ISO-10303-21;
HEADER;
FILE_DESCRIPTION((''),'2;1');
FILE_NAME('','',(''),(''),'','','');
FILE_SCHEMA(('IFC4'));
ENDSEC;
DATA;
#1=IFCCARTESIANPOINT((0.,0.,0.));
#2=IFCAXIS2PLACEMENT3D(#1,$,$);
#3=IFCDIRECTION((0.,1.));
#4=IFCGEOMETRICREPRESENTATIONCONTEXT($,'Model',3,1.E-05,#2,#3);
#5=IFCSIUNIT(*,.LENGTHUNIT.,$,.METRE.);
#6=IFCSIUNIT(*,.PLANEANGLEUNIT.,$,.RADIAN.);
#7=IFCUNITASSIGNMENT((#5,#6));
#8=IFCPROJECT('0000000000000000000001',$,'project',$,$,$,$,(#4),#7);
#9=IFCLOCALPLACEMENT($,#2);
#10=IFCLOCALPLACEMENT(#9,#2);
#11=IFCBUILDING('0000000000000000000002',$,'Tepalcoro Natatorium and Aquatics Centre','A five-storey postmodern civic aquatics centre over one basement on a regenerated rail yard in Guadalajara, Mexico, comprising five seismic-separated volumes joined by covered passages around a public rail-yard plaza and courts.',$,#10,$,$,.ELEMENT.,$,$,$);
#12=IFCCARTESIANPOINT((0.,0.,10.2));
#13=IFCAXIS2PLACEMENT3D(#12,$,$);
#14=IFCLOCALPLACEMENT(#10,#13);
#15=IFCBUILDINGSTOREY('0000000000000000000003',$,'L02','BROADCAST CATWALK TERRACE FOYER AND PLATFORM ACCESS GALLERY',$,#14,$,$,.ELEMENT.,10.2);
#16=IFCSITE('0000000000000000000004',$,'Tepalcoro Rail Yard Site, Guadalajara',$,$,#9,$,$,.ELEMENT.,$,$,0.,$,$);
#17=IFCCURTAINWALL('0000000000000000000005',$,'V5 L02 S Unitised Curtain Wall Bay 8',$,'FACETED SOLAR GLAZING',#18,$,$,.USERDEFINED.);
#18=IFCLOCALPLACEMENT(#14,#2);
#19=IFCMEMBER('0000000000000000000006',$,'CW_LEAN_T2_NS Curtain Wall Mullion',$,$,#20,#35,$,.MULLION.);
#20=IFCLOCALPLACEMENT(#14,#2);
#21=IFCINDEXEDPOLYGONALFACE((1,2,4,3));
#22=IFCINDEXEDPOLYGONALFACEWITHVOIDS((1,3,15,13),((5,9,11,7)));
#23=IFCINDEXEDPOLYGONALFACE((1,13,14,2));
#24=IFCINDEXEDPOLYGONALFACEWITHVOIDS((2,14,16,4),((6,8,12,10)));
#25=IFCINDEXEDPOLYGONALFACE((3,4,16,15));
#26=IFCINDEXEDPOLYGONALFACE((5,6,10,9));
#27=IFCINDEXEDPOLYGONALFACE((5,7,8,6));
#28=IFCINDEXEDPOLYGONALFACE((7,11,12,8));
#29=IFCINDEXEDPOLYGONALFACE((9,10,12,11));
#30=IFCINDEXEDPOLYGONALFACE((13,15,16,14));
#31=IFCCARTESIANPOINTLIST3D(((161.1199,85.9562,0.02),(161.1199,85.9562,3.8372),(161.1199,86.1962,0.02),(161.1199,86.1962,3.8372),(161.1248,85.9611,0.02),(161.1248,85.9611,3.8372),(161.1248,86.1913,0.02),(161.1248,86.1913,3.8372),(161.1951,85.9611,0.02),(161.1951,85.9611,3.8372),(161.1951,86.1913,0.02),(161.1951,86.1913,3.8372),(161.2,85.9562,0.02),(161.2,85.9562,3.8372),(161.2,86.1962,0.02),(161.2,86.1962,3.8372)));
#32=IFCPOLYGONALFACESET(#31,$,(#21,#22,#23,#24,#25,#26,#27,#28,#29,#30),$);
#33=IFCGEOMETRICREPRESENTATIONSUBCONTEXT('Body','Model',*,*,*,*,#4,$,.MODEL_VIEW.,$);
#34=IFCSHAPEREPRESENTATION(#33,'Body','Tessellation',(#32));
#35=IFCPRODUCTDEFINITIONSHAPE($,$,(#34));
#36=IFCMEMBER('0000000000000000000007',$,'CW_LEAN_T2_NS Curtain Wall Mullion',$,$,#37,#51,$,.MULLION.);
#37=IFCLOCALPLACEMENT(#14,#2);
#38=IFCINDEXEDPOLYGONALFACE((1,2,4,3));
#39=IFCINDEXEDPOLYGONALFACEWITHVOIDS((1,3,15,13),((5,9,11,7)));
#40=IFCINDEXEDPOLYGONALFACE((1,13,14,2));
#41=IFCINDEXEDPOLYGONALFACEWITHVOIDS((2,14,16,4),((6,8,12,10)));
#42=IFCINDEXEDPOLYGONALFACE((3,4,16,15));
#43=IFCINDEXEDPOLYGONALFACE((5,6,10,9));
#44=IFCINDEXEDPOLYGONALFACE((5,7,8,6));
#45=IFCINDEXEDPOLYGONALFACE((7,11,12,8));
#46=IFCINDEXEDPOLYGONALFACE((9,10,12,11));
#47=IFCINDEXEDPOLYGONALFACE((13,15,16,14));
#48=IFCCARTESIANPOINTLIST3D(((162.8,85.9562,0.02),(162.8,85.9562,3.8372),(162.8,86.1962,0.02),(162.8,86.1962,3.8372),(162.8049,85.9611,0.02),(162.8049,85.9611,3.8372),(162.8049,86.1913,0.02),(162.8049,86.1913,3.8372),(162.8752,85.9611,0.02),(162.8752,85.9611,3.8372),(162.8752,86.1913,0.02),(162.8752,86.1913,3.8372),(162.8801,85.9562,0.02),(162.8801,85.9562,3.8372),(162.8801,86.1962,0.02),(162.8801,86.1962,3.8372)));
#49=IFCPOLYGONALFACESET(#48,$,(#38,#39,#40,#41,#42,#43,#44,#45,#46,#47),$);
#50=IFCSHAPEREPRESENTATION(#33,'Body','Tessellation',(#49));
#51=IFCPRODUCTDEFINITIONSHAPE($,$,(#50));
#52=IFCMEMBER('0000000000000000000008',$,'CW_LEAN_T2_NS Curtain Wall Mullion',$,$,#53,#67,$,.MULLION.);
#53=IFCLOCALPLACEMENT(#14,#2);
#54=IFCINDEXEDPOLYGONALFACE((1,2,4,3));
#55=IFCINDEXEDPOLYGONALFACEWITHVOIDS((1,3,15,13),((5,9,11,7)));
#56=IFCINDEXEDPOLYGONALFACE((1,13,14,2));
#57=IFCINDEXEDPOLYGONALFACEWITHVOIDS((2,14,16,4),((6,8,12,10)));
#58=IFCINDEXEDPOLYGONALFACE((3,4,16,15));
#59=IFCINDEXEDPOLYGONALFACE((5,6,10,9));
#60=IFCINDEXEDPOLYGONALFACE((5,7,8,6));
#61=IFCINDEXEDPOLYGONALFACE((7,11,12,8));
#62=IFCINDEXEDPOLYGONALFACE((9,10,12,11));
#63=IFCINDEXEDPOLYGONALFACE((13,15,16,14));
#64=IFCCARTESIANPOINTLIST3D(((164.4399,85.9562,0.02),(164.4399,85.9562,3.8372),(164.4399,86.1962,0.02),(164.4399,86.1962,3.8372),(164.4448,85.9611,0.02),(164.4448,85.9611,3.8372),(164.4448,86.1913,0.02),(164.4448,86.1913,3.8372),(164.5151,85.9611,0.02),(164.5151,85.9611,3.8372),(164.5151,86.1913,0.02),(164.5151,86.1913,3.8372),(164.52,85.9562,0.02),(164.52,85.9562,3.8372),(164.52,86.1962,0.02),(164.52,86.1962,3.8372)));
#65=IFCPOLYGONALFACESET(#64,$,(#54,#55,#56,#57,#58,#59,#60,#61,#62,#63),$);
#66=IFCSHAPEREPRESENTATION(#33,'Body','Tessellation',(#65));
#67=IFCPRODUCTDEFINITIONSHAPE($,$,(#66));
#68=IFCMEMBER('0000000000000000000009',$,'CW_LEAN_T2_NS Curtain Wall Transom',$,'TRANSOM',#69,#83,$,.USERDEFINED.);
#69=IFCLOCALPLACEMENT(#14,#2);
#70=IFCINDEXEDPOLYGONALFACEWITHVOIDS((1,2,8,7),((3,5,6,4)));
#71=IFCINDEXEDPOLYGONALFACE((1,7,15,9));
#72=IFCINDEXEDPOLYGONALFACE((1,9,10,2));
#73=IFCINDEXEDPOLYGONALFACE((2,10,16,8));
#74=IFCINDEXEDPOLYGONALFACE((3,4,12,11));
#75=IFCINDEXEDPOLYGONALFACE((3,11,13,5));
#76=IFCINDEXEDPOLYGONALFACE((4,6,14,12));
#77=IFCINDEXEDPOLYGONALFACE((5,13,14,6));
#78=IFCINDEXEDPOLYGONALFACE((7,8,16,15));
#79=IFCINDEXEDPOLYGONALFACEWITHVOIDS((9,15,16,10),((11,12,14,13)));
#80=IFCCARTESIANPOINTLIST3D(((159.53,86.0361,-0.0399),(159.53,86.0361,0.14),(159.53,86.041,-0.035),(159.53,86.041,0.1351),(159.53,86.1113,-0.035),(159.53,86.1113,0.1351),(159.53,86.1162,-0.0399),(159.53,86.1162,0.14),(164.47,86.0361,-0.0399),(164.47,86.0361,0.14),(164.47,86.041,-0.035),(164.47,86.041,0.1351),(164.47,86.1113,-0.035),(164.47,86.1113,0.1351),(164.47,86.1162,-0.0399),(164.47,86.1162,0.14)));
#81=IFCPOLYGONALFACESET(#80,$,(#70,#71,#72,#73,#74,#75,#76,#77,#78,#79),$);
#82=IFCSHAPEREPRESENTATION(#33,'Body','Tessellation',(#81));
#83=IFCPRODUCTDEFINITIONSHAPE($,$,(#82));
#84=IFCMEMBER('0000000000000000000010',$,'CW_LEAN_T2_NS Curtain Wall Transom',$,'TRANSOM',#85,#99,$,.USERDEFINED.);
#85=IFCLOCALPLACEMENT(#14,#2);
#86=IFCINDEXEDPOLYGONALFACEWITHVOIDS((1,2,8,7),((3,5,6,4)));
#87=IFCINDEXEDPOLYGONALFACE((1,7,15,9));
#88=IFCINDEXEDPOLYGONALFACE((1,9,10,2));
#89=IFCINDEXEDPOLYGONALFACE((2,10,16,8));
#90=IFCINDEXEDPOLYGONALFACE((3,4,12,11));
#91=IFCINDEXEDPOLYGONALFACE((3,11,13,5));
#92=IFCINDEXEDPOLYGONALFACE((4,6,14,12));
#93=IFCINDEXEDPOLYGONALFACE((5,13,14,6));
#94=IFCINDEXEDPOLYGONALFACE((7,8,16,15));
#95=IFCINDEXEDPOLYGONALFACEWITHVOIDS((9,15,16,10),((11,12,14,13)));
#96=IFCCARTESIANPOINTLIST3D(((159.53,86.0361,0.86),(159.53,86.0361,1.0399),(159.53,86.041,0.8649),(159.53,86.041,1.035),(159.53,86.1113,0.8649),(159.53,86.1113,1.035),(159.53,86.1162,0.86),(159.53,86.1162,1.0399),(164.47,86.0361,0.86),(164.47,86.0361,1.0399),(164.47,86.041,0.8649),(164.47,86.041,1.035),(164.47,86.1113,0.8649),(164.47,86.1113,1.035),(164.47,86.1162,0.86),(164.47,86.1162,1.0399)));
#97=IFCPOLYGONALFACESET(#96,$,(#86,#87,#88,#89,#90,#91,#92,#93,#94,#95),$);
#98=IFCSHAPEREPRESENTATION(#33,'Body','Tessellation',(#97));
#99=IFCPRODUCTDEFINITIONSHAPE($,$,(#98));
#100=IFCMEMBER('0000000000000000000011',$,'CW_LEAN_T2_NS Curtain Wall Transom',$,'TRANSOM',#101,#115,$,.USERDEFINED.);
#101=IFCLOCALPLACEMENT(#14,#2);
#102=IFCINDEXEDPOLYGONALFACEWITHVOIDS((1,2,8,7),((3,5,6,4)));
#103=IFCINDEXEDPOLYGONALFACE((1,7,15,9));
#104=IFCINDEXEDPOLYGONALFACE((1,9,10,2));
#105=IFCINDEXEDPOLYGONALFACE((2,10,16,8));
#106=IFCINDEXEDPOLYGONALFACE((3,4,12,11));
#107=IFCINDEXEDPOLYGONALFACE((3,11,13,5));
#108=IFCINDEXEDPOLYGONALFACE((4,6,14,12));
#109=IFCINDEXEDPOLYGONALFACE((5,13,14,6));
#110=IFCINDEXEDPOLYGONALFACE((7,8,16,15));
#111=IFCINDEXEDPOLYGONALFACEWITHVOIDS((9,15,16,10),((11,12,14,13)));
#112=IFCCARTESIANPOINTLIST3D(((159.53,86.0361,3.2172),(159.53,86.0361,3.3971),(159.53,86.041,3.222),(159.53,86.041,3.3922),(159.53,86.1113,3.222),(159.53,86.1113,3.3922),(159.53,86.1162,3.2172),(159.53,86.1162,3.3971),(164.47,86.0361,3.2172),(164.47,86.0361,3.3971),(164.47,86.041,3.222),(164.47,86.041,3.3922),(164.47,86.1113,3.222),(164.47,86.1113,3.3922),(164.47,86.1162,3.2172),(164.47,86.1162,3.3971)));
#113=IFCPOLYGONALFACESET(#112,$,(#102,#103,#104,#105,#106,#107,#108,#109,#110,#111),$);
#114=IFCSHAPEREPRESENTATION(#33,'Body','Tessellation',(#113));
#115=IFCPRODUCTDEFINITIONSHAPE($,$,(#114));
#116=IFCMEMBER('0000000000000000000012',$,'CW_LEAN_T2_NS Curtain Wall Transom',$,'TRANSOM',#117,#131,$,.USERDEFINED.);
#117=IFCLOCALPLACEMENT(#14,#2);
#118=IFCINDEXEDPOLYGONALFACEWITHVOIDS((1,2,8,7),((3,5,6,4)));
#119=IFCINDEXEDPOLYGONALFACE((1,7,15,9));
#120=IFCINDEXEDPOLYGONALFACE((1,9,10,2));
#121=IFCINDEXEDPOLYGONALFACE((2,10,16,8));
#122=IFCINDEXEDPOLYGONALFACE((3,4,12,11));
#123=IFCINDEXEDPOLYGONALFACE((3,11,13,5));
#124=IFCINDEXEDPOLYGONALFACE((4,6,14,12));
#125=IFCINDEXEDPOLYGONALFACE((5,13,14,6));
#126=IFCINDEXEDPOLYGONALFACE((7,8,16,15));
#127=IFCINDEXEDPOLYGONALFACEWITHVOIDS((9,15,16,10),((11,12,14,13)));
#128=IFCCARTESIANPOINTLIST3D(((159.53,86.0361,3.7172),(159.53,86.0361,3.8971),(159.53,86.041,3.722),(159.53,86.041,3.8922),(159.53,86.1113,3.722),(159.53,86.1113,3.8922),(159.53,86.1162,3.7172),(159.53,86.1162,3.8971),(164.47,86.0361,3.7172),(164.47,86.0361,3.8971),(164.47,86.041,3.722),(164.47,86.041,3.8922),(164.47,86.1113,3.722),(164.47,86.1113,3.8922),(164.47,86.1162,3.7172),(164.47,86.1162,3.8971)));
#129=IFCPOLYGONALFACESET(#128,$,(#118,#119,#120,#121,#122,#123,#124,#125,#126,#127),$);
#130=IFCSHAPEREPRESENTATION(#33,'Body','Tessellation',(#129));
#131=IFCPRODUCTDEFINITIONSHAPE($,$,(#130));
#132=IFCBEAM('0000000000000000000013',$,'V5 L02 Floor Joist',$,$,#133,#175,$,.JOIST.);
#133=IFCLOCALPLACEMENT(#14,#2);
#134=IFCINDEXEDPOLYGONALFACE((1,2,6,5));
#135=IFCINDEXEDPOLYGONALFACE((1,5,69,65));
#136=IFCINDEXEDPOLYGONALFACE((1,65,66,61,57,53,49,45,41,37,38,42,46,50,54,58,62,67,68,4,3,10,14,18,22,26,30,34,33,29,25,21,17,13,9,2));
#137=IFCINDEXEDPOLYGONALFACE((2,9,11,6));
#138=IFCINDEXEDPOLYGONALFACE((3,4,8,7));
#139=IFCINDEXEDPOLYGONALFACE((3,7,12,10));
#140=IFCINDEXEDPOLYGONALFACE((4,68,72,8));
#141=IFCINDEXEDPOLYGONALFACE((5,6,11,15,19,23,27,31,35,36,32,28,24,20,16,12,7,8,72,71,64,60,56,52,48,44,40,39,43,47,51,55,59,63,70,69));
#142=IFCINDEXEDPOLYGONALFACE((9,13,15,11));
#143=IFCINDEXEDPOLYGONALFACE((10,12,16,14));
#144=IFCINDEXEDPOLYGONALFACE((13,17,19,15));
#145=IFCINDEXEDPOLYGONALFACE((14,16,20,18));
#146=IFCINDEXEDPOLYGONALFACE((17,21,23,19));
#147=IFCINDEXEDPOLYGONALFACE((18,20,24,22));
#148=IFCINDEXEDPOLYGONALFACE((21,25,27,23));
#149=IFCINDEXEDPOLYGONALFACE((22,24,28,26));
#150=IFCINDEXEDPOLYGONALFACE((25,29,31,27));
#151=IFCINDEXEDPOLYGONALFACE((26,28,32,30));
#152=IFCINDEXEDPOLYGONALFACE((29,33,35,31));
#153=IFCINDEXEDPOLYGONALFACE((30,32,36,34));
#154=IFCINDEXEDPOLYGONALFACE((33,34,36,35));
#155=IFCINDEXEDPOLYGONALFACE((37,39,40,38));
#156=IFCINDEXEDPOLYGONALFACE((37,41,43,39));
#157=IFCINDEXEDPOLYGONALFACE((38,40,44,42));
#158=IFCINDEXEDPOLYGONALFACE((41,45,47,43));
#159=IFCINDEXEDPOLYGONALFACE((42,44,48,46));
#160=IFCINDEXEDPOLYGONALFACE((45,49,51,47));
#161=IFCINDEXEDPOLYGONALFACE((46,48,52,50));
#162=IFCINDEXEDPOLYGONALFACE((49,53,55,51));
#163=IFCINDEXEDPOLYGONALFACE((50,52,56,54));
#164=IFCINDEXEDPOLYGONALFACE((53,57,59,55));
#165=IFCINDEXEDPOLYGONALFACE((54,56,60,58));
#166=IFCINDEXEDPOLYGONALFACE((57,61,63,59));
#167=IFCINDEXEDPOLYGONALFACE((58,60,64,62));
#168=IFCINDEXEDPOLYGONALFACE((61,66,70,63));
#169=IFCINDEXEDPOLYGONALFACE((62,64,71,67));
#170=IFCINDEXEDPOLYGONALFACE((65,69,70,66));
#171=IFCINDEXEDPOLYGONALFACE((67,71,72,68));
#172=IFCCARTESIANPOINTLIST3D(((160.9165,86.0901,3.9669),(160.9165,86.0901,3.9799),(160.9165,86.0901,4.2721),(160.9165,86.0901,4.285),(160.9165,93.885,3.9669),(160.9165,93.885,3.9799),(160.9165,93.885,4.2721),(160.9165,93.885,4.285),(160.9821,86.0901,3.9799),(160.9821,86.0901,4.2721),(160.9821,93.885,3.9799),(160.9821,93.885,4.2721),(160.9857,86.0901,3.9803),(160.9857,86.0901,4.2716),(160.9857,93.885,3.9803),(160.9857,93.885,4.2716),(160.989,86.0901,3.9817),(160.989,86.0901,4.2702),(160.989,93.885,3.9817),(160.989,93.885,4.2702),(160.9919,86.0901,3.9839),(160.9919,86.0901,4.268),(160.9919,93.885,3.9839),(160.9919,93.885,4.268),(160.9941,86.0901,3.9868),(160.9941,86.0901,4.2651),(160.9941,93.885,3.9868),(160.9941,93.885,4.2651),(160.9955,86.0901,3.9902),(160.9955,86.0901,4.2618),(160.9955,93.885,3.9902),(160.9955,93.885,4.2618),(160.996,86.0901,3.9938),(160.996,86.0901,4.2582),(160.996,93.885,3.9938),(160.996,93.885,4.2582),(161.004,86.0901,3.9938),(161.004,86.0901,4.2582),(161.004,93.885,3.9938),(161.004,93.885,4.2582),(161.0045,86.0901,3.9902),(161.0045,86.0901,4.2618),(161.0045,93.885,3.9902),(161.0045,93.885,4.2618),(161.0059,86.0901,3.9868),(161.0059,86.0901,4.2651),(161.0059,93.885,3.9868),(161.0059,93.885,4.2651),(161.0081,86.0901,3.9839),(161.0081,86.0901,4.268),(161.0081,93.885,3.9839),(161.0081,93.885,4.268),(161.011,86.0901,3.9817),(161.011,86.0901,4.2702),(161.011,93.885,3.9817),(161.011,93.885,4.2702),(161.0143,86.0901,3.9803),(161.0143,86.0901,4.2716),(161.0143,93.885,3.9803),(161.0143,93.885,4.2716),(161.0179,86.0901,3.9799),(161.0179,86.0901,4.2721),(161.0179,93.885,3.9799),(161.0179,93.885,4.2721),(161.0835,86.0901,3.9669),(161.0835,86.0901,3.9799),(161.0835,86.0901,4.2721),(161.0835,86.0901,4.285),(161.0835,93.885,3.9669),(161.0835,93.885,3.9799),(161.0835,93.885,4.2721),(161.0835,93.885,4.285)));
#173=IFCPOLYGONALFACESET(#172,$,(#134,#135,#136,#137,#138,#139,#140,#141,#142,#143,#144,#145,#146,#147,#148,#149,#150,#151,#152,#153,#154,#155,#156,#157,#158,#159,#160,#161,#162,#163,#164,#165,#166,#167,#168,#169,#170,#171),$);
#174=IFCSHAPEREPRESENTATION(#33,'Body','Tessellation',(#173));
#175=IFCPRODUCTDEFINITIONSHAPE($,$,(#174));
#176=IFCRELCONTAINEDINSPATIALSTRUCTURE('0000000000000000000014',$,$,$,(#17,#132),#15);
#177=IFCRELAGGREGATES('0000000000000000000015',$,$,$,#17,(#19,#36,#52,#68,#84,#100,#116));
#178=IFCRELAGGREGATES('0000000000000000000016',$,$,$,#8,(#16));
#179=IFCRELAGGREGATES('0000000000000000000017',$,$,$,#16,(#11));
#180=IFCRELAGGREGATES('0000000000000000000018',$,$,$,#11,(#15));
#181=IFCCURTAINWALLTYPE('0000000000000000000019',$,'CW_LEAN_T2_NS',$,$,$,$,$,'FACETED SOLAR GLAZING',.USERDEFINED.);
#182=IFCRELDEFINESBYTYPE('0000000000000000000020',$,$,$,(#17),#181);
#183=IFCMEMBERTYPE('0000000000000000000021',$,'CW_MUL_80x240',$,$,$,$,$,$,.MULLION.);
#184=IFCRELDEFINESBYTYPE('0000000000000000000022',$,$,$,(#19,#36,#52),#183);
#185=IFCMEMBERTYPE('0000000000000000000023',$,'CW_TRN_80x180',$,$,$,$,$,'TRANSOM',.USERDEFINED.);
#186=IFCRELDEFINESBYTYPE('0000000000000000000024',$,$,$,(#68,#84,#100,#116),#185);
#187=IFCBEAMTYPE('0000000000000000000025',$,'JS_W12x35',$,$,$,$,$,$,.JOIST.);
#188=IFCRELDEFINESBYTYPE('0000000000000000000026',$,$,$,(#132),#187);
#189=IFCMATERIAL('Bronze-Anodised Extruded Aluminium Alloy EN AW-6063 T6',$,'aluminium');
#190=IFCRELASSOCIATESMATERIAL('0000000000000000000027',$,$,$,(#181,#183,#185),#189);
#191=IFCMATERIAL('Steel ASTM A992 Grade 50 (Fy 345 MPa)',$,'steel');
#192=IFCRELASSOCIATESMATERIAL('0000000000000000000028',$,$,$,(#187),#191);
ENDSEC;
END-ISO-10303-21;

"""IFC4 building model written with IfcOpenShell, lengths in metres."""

from ifc_helpers import new_model, si_unit, direction, frame, origin, origin_2d, place, context, subcontext, project, spatial, hollow_rectangle, i_section, extrude, material, material_profile, profile_set, type_object, element, aggregate, save


model = new_model("IFC4")

# Units and contexts
model_context = context("Model", 3, precision=1e-05, world=origin(), true_north=direction((0.0, 1.0)))
body_context = subcontext(model_context, "Body", "Model", "MODEL_VIEW")
ifc_project = project(units=[si_unit("LENGTHUNIT", "METRE"), si_unit("PLANEANGLEUNIT", "RADIAN")], contexts=[model_context])

# Site, building, storey
site_placement = place(None, origin())
site = spatial("IfcSite", under=ifc_project, at=site_placement, Name="Tepalcoro Rail Yard Site, Guadalajara", CompositionType="ELEMENT", RefElevation=0.0)
building_placement = place(site_placement, origin())
building = spatial("IfcBuilding", under=site, at=building_placement, Name="Tepalcoro Natatorium and Aquatics Centre", Description="A five-storey postmodern civic aquatics centre over one basement on a regenerated rail yard in Guadalajara, Mexico, comprising five seismic-separated volumes joined by covered passages around a public rail-yard plaza and courts.", CompositionType="ELEMENT")
storey_placement = place(building_placement, frame((0.0, 0.0, 10.2)))
storey = spatial("IfcBuildingStorey", under=building, at=storey_placement, Name="L02", Description="BROADCAST CATWALK TERRACE FOYER AND PLATFORM ACCESS GALLERY", CompositionType="ELEMENT", Elevation=10.2)

# Curtain wall, members
ifc_material_1 = material(Name="Bronze-Anodised Extruded Aluminium Alloy EN AW-6063 T6", Category="aluminium")
curtain_wall_type = type_object("IfcCurtainWallType", Name="CW_LEAN_T2_NS", ElementType="FACETED SOLAR GLAZING", PredefinedType="USERDEFINED", material=ifc_material_1)
curtain_wall_placement = place(storey_placement, origin())
curtain_wall = element("IfcCurtainWall", 1, at=curtain_wall_placement, inside=storey, type_object=curtain_wall_type, Name="V5 L02 S Unitised Curtain Wall Bay 8", ObjectType="FACETED SOLAR GLAZING", PredefinedType="USERDEFINED")
ifc_material_profile_1 = material_profile(ifc_material_1, hollow_rectangle(XDim=0.0801, YDim=0.24, WallThickness=0.0049, at=origin_2d()), Name="AL80X240X5")
ifc_profile_set_1 = profile_set([ifc_material_profile_1], Name="Bronze-Anodised Extruded Aluminium Alloy EN AW-6063 T6")
member_type_1 = type_object("IfcMemberType", Name="CW_MUL_80x240", PredefinedType="MULLION", material=ifc_profile_set_1)
member_1_placement = place(storey_placement, frame((161.1599, 86.0762, 0.02), z_axis=(0.0, 0.0, 1.0), x_axis=(1.0, 0.0, 0.0)))
member_1 = element("IfcMember", 2, at=member_1_placement, type_object=member_type_1, Name="CW_LEAN_T2_NS Curtain Wall Mullion", PredefinedType="MULLION", context=body_context, shape_type="SweptSolid", body=[
    extrude(hollow_rectangle(XDim=0.0801, YDim=0.24, WallThickness=0.0049, at=origin_2d()), origin(), (0.0, 0.0, 1.0), 3.8171),
])
member_2_placement = place(storey_placement, frame((162.8401, 86.0762, 0.02), z_axis=(0.0, 0.0, 1.0), x_axis=(1.0, 0.0, 0.0)))
member_2 = element("IfcMember", 3, at=member_2_placement, type_object=member_type_1, Name="CW_LEAN_T2_NS Curtain Wall Mullion", PredefinedType="MULLION", context=body_context, shape_type="SweptSolid", body=[
    extrude(hollow_rectangle(XDim=0.0801, YDim=0.24, WallThickness=0.0049, at=origin_2d()), origin(), (0.0, 0.0, 1.0), 3.8171),
])
member_3_placement = place(storey_placement, frame((164.48, 86.0762, 0.02), z_axis=(0.0, 0.0, 1.0), x_axis=(1.0, 0.0, 0.0)))
member_3 = element("IfcMember", 4, at=member_3_placement, type_object=member_type_1, Name="CW_LEAN_T2_NS Curtain Wall Mullion", PredefinedType="MULLION", context=body_context, shape_type="SweptSolid", body=[
    extrude(hollow_rectangle(XDim=0.0801, YDim=0.24, WallThickness=0.0049, at=origin_2d()), origin(), (0.0, 0.0, 1.0), 3.8171),
])
ifc_material_profile_2 = material_profile(ifc_material_1, hollow_rectangle(XDim=0.0801, YDim=0.1799, WallThickness=0.0049, at=origin_2d()), Name="AL80X180X5")
ifc_profile_set_2 = profile_set([ifc_material_profile_2], Name="Bronze-Anodised Extruded Aluminium Alloy EN AW-6063 T6")
member_type_2 = type_object("IfcMemberType", Name="CW_TRN_80x180", ElementType="TRANSOM", PredefinedType="USERDEFINED", material=ifc_profile_set_2)
member_4_placement = place(storey_placement, frame((159.53, 86.0762, 0.05), z_axis=(1.0, 0.0, 0.0), x_axis=(0.0, 1.0, 0.0)))
member_4 = element("IfcMember", 5, at=member_4_placement, type_object=member_type_2, Name="CW_LEAN_T2_NS Curtain Wall Transom", ObjectType="TRANSOM", PredefinedType="USERDEFINED", context=body_context, shape_type="SweptSolid", body=[
    extrude(hollow_rectangle(XDim=0.0801, YDim=0.1799, WallThickness=0.0049, at=origin_2d()), origin(), (0.0, 0.0, 1.0), 4.9399),
])
member_5_placement = place(storey_placement, frame((159.53, 86.0762, 0.95), z_axis=(1.0, 0.0, 0.0), x_axis=(0.0, 1.0, 0.0)))
member_5 = element("IfcMember", 6, at=member_5_placement, type_object=member_type_2, Name="CW_LEAN_T2_NS Curtain Wall Transom", ObjectType="TRANSOM", PredefinedType="USERDEFINED", context=body_context, shape_type="SweptSolid", body=[
    extrude(hollow_rectangle(XDim=0.0801, YDim=0.1799, WallThickness=0.0049, at=origin_2d()), origin(), (0.0, 0.0, 1.0), 4.9399),
])
member_6_placement = place(storey_placement, frame((159.53, 86.0762, 3.3071), z_axis=(1.0, 0.0, 0.0), x_axis=(0.0, 1.0, 0.0)))
member_6 = element("IfcMember", 7, at=member_6_placement, type_object=member_type_2, Name="CW_LEAN_T2_NS Curtain Wall Transom", ObjectType="TRANSOM", PredefinedType="USERDEFINED", context=body_context, shape_type="SweptSolid", body=[
    extrude(hollow_rectangle(XDim=0.0801, YDim=0.1799, WallThickness=0.0049, at=origin_2d()), origin(), (0.0, 0.0, 1.0), 4.9399),
])
member_7_placement = place(storey_placement, frame((159.53, 86.0762, 3.8071), z_axis=(1.0, 0.0, 0.0), x_axis=(0.0, 1.0, 0.0)))
member_7 = element("IfcMember", 8, at=member_7_placement, type_object=member_type_2, Name="CW_LEAN_T2_NS Curtain Wall Transom", ObjectType="TRANSOM", PredefinedType="USERDEFINED", context=body_context, shape_type="SweptSolid", body=[
    extrude(hollow_rectangle(XDim=0.0801, YDim=0.1799, WallThickness=0.0049, at=origin_2d()), origin(), (0.0, 0.0, 1.0), 4.9399),
])

# Beam
ifc_material_2 = material(Name="Steel ASTM A992 Grade 50 (Fy 345 MPa)", Category="steel")
ifc_material_profile_3 = material_profile(ifc_material_2, i_section(OverallWidth=0.167, OverallDepth=0.3181, WebThickness=0.0081, FlangeThickness=0.0129, FilletRadius=0.0139, at=origin_2d()), Name="W12X35")
ifc_profile_set_3 = profile_set([ifc_material_profile_3], Name="Steel ASTM A992 Grade 50 (Fy 345 MPa)")
beam_type_1 = type_object("IfcBeamType", Name="JS_W12x35", PredefinedType="JOIST", material=ifc_profile_set_3)
beam_1_placement = place(storey_placement, frame((161.0, 86.0901, 4.126), z_axis=(0.0, 1.0, 0.0), x_axis=(-1.0, 0.0, 0.0)))
element("IfcBeam", 9, at=beam_1_placement, inside=storey, type_object=beam_type_1, Name="V5 L02 Floor Joist", PredefinedType="JOIST", context=body_context, shape_type="SweptSolid", body=[
    extrude(i_section(OverallWidth=0.167, OverallDepth=0.3181, WebThickness=0.0081, FlangeThickness=0.0129, FilletRadius=0.0139, at=origin_2d()), origin(), (0.0, 0.0, 1.0), 7.7949),
])

aggregate(curtain_wall, [member_1, member_2, member_3, member_4, member_5, member_6, member_7])

save(model, "model.ifc")
